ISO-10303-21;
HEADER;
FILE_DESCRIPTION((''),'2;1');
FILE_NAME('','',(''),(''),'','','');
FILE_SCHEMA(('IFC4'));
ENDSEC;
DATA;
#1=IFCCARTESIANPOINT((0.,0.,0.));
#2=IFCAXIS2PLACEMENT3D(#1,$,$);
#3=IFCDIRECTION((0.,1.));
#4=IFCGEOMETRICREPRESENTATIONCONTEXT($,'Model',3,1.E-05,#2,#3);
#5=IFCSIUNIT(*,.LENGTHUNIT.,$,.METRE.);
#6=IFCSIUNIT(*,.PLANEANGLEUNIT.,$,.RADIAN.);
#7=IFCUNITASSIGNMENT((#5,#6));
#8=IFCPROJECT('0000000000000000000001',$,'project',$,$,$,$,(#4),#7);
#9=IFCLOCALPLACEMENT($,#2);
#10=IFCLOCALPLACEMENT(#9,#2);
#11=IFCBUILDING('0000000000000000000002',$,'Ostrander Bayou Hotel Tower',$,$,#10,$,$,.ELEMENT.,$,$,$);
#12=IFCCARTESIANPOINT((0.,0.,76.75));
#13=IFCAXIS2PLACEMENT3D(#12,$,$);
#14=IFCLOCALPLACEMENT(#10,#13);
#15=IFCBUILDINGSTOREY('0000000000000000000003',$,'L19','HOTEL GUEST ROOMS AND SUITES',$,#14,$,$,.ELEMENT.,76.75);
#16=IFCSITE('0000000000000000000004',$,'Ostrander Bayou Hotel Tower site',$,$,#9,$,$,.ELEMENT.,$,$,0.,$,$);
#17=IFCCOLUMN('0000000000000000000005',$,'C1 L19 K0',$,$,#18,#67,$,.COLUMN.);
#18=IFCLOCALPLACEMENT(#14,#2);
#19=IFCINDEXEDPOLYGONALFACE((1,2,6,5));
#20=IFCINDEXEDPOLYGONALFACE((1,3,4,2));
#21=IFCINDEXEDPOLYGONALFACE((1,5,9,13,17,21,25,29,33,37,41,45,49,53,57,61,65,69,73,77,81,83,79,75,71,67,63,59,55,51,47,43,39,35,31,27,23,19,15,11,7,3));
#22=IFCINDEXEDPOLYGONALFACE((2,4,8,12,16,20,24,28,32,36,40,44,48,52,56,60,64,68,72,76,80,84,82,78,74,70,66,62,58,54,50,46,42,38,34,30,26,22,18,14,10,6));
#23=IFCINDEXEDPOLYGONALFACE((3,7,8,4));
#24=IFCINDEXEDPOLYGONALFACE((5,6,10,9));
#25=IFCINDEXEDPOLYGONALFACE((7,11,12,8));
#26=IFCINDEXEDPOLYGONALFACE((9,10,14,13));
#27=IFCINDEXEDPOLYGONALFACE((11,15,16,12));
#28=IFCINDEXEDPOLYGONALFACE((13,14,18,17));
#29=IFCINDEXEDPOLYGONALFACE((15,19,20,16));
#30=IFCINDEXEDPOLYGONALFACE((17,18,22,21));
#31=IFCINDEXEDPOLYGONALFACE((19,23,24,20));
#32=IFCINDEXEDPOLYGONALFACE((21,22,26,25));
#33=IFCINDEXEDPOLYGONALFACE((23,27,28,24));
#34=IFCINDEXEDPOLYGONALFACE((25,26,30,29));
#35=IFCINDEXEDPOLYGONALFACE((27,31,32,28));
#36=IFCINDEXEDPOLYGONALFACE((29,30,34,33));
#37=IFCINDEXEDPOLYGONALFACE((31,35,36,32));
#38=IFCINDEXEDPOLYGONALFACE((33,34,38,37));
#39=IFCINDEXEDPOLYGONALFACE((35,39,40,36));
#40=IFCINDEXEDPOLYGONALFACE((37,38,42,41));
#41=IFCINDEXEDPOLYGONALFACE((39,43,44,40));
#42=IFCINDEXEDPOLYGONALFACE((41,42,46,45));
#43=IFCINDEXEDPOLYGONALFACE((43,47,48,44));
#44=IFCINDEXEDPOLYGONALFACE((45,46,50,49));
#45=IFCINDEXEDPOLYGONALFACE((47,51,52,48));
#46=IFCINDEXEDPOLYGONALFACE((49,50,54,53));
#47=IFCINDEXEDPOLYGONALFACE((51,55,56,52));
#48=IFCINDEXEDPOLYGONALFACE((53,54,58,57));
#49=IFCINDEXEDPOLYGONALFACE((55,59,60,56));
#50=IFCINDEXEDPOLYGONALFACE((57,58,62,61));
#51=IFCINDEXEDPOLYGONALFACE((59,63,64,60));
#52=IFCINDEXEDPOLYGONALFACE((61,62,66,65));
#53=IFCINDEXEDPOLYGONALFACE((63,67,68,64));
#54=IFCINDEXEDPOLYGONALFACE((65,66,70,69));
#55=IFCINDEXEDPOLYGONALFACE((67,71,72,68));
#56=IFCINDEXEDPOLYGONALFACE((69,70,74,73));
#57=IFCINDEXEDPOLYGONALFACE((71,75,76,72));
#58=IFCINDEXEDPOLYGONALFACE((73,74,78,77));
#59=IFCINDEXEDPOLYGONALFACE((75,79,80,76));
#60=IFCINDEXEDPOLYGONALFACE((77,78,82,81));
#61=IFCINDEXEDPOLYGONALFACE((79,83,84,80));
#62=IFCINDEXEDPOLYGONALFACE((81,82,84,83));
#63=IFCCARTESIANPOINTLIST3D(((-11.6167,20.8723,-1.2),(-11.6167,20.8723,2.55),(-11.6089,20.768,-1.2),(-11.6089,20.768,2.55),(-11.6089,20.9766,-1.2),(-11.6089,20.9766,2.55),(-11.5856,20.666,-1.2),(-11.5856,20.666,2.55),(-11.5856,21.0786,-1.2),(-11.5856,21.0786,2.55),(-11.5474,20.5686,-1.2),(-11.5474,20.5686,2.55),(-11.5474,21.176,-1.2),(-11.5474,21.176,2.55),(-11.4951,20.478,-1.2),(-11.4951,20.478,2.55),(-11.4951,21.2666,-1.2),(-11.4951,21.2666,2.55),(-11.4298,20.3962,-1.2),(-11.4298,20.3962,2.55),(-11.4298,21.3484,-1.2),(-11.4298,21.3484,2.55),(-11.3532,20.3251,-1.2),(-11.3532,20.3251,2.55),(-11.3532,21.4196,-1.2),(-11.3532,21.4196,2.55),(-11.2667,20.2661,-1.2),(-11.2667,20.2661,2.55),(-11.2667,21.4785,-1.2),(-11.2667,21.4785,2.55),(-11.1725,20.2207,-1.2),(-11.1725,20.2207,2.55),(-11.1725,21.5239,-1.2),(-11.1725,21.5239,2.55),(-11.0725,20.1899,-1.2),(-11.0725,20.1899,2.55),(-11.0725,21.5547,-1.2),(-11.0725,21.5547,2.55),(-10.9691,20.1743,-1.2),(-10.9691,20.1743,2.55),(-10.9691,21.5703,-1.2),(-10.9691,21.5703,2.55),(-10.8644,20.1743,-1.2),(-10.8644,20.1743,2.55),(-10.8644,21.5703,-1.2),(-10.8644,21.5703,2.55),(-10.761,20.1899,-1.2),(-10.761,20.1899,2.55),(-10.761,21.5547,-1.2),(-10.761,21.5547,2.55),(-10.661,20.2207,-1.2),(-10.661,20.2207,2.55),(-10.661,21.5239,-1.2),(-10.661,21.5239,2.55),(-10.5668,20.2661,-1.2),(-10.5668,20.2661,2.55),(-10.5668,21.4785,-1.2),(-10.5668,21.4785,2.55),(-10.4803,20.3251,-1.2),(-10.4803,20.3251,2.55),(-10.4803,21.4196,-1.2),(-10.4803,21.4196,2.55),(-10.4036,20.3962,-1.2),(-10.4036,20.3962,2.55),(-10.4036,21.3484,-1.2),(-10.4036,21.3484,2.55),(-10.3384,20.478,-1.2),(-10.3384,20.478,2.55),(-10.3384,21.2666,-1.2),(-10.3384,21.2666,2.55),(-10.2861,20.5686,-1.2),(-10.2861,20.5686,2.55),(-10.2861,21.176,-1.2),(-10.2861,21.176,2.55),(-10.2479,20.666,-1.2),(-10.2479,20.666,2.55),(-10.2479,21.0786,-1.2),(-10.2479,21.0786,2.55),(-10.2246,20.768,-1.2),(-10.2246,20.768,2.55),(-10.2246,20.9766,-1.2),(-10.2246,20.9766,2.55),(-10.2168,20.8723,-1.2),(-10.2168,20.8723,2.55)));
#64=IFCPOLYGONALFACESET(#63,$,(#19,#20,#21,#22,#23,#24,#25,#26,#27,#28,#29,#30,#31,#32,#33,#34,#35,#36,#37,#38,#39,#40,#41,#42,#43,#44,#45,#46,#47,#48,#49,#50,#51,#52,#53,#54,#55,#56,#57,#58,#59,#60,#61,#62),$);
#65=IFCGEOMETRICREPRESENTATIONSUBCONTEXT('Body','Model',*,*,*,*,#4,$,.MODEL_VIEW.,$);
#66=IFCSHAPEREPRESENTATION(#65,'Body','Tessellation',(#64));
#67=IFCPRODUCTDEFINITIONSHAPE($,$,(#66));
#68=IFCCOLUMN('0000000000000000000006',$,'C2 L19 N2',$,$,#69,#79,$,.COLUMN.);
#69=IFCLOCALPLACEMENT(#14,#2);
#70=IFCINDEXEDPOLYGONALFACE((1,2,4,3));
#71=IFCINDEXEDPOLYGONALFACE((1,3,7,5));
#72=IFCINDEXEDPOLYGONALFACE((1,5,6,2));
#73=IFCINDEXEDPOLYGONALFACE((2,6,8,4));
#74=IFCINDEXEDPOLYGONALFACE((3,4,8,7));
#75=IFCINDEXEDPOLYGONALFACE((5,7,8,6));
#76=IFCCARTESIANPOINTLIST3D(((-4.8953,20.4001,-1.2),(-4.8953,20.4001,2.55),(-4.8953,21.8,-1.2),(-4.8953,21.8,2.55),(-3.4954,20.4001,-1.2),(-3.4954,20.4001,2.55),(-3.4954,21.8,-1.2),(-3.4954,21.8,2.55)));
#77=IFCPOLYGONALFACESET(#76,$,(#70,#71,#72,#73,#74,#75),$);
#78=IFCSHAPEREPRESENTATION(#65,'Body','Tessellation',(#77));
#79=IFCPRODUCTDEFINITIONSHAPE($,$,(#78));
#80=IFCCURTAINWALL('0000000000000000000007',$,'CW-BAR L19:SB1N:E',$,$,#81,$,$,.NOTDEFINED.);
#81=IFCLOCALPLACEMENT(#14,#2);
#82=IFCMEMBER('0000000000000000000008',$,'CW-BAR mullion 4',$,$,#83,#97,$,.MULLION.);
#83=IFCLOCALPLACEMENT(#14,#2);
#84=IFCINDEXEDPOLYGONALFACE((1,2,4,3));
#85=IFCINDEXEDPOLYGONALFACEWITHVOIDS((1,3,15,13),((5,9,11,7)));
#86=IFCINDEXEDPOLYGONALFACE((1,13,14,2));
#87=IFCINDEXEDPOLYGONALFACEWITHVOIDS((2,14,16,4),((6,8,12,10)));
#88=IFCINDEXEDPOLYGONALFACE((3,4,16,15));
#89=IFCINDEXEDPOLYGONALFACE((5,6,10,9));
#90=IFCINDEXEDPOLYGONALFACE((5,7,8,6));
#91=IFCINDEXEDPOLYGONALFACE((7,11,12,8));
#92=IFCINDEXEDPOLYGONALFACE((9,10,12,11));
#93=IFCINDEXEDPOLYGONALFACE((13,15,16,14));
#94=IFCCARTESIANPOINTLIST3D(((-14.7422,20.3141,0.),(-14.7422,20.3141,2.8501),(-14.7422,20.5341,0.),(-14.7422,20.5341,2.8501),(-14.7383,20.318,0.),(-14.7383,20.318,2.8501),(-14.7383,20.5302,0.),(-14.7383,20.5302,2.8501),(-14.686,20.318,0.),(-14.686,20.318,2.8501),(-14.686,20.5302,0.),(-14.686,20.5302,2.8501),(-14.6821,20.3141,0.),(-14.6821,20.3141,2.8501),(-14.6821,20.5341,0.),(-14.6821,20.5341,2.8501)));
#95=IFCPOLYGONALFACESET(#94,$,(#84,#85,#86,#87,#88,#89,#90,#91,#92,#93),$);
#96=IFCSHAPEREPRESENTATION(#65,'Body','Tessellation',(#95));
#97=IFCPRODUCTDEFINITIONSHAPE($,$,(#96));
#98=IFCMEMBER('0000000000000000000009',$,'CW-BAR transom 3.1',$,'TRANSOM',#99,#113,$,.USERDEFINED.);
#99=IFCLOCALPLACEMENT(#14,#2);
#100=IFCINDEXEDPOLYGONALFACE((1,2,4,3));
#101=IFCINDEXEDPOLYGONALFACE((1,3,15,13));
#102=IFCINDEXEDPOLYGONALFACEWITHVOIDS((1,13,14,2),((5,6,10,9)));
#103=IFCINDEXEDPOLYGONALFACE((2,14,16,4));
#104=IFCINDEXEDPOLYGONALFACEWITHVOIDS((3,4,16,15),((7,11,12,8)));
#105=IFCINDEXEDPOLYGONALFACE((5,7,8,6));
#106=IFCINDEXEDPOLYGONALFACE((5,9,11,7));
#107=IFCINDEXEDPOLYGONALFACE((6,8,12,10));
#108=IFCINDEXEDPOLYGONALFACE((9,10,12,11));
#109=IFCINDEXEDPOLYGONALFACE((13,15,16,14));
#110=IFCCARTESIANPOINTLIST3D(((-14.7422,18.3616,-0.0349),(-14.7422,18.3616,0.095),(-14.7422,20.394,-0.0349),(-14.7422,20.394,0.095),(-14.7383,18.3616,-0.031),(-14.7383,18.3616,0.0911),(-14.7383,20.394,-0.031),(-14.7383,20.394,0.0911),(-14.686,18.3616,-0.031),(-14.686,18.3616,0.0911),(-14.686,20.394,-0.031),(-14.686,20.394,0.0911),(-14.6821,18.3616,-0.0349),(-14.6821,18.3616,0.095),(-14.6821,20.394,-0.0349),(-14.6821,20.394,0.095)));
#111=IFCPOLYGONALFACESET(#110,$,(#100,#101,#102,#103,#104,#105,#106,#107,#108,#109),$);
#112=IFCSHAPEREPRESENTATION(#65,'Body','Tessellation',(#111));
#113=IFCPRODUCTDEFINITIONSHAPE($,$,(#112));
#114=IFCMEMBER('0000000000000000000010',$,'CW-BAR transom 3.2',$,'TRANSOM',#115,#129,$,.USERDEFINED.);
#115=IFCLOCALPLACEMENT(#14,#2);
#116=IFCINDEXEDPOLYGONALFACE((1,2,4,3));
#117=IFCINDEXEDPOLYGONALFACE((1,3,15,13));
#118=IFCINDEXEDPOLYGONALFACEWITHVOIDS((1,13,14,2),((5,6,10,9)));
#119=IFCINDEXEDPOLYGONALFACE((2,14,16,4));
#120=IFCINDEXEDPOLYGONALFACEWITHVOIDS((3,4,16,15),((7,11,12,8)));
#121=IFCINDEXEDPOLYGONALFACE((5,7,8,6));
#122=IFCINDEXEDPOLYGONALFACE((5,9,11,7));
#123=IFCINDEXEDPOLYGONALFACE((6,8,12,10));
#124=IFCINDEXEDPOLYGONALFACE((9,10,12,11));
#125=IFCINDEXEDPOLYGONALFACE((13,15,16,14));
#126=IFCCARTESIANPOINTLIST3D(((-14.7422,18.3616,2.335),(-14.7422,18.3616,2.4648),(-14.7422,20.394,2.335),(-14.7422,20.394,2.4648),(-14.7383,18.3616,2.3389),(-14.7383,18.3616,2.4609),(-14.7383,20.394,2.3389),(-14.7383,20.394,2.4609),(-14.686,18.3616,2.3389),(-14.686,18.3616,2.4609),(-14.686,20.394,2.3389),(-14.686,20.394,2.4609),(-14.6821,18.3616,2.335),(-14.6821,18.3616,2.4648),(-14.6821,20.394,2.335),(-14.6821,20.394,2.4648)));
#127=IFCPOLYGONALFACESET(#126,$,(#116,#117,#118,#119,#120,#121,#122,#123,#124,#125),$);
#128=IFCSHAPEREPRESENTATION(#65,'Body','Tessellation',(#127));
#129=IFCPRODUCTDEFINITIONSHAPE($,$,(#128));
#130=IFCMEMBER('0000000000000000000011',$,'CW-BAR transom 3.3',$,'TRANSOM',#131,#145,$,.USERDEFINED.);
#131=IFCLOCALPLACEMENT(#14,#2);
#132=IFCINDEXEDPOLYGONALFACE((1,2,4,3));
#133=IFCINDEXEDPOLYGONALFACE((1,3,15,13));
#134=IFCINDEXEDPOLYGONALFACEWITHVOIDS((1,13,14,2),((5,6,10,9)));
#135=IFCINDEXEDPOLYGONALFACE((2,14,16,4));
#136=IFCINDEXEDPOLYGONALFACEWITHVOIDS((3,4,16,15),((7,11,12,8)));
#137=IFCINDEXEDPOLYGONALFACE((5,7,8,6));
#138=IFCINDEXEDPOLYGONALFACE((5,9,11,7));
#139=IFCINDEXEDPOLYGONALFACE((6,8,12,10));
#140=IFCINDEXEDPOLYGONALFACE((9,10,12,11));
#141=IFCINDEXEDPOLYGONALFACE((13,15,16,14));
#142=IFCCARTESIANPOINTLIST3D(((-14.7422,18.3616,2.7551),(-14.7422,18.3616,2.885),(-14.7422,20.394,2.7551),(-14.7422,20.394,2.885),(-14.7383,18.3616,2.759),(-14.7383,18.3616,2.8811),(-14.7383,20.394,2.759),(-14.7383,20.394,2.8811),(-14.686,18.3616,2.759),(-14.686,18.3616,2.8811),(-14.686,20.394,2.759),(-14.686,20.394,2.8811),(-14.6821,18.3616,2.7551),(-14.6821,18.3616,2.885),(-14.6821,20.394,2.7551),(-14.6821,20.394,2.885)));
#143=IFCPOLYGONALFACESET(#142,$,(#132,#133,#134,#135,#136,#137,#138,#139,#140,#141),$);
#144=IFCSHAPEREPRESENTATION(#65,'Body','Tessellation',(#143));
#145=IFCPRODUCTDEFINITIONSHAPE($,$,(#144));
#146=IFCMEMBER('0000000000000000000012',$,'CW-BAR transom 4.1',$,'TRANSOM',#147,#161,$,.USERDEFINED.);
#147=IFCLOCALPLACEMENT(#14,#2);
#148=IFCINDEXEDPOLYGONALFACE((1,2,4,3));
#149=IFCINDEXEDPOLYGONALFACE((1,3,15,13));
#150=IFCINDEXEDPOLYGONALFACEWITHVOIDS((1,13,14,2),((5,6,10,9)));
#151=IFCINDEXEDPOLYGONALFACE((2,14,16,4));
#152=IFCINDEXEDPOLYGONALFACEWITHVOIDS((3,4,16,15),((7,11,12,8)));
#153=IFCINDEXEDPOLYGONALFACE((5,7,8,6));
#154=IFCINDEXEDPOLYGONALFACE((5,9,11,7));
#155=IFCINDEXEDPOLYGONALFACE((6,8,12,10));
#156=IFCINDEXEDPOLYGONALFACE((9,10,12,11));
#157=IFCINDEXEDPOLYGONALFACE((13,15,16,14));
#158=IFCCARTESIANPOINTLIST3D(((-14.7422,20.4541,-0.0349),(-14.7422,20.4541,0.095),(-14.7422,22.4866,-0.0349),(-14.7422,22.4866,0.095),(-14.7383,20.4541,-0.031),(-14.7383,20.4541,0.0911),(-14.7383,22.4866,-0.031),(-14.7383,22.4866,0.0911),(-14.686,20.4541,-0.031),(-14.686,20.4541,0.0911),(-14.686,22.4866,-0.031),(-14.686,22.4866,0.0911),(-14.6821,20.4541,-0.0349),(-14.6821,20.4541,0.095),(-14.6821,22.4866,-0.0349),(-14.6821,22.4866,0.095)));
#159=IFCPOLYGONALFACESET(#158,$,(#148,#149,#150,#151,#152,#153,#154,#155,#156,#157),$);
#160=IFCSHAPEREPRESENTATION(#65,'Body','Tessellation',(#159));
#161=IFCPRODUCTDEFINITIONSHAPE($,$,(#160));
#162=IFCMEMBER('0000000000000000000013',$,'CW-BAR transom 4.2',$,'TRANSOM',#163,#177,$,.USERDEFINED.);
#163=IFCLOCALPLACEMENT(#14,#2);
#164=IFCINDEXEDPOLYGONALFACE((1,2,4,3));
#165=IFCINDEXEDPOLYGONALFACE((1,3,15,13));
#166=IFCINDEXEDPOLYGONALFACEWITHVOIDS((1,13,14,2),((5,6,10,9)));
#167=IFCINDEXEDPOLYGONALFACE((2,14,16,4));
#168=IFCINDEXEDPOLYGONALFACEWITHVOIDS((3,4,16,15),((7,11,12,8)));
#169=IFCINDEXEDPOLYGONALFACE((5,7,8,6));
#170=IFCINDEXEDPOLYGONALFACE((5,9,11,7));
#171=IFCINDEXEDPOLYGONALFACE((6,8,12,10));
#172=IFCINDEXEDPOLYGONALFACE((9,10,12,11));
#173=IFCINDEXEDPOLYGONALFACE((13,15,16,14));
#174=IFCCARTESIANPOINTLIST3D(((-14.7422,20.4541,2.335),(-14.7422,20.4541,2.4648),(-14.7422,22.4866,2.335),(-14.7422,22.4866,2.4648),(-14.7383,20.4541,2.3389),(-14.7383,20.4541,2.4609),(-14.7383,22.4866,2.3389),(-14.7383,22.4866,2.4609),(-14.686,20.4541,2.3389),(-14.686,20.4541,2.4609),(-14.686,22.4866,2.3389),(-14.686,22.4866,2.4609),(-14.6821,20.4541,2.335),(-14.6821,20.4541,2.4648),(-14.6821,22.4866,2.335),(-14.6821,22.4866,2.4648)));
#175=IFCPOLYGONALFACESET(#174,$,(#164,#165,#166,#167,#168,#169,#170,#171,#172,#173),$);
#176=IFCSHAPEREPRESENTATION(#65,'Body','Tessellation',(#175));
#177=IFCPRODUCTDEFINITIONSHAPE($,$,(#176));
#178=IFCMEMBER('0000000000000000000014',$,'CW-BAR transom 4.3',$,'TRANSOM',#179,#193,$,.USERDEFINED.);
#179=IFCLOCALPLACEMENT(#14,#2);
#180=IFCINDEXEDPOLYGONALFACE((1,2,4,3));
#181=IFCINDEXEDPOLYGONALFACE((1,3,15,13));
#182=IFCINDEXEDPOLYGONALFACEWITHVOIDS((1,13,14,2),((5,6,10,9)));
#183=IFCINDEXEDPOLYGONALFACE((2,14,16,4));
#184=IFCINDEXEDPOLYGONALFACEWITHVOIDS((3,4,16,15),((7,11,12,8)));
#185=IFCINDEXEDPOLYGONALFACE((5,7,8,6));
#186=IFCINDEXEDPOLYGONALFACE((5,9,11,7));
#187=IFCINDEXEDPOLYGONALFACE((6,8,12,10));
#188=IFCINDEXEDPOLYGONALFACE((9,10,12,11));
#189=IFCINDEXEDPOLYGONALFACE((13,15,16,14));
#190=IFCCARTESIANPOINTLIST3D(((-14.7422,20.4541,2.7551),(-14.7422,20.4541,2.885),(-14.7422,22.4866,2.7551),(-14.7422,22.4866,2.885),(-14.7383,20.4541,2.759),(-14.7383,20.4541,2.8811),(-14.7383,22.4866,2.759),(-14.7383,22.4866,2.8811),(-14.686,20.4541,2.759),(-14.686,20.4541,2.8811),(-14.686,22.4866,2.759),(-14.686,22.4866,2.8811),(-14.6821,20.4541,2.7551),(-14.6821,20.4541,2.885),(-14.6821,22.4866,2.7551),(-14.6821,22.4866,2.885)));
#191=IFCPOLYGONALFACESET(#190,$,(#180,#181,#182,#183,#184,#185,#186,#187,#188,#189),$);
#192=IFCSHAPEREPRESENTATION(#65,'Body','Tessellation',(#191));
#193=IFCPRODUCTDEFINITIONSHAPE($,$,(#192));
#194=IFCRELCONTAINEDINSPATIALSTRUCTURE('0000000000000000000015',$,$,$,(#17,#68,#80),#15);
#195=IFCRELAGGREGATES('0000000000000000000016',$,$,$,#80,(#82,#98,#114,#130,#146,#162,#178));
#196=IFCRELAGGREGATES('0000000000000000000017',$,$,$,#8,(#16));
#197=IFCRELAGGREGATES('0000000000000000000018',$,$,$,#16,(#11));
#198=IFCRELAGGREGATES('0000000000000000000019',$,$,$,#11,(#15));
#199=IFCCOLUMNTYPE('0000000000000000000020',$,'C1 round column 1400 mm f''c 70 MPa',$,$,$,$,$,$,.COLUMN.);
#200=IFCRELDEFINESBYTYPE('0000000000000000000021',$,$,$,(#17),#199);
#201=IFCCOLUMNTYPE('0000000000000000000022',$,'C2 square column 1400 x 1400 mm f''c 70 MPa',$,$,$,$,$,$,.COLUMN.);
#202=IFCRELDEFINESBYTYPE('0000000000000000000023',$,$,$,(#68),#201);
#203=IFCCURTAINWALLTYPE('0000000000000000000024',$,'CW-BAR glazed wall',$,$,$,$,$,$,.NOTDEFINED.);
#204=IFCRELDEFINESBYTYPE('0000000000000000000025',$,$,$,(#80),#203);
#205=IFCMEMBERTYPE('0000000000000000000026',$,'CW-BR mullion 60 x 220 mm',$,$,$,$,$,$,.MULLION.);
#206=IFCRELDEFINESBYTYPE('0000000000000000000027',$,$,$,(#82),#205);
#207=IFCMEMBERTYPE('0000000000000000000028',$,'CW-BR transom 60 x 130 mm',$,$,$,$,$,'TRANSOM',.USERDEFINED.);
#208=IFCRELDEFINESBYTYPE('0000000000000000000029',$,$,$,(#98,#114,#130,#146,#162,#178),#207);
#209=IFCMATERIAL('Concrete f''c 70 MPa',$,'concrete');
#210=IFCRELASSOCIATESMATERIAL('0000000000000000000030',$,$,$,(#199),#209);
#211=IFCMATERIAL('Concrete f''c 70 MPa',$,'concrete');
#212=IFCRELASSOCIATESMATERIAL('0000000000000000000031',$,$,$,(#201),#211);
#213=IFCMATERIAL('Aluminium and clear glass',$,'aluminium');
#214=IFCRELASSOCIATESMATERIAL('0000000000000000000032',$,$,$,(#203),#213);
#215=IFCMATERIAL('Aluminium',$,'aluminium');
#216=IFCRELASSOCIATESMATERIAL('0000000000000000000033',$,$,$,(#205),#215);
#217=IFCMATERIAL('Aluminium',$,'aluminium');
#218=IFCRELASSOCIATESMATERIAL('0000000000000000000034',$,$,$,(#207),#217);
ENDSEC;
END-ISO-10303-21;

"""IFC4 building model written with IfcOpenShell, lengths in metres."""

from ifc_helpers import new_model, si_unit, direction, frame, origin, origin_2d, place, context, subcontext, project, spatial, rectangle, hollow_rectangle, circle, extrude, material, material_profile, profile_set, type_object, element, aggregate, save


model = new_model("IFC4")

# Units and contexts
model_context = context("Model", 3, precision=1e-05, world=origin(), true_north=direction((0.0, 1.0)))
body_context = subcontext(model_context, "Body", "Model", "MODEL_VIEW")
ifc_project = project(units=[si_unit("LENGTHUNIT", "METRE"), si_unit("PLANEANGLEUNIT", "RADIAN")], contexts=[model_context])

# Site, building, storey
site_placement = place(None, origin())
site = spatial("IfcSite", under=ifc_project, at=site_placement, Name="Ostrander Bayou Hotel Tower site", CompositionType="ELEMENT", RefElevation=0.0)
building_placement = place(site_placement, origin())
building = spatial("IfcBuilding", under=site, at=building_placement, Name="Ostrander Bayou Hotel Tower", CompositionType="ELEMENT")
storey_placement = place(building_placement, frame((0.0, 0.0, 76.75)))
storey = spatial("IfcBuildingStorey", under=building, at=storey_placement, Name="L19", Description="HOTEL GUEST ROOMS AND SUITES", CompositionType="ELEMENT", Elevation=76.75)

# Columns
ifc_material_1 = material(Name="Concrete f'c 70 MPa", Category="concrete")
ifc_material_profile_1 = material_profile(ifc_material_1, circle(Radius=0.7, at=origin_2d()))
ifc_profile_set_1 = profile_set([ifc_material_profile_1], Name="Concrete f'c 70 MPa")
column_type_1 = type_object("IfcColumnType", Name="C1 round column 1400 mm f'c 70 MPa", PredefinedType="COLUMN", material=ifc_profile_set_1)
column_1_placement = place(storey_placement, frame((-10.9167, 20.8723, -1.2), z_axis=(0.0, 0.0, 1.0), x_axis=(1.0, 0.0, 0.0)))
element("IfcColumn", 1, at=column_1_placement, inside=storey, type_object=column_type_1, Name="C1 L19 K0", PredefinedType="COLUMN", context=body_context, shape_type="SweptSolid", body=[
    extrude(circle(Radius=0.7, at=origin_2d()), origin(), (0.0, 0.0, 1.0), 3.75),
])
ifc_material_2 = material(Name="Concrete f'c 70 MPa", Category="concrete")
ifc_material_profile_2 = material_profile(ifc_material_2, rectangle(XDim=1.3999, YDim=1.3999, at=origin_2d()))
ifc_profile_set_2 = profile_set([ifc_material_profile_2], Name="Concrete f'c 70 MPa")
column_type_2 = type_object("IfcColumnType", Name="C2 square column 1400 x 1400 mm f'c 70 MPa", PredefinedType="COLUMN", material=ifc_profile_set_2)
column_2_placement = place(storey_placement, frame((-4.1953, 21.1001, -1.2), z_axis=(0.0, 0.0, 1.0), x_axis=(1.0, 0.0, 0.0)))
element("IfcColumn", 2, at=column_2_placement, inside=storey, type_object=column_type_2, Name="C2 L19 N2", PredefinedType="COLUMN", context=body_context, shape_type="SweptSolid", body=[
    extrude(rectangle(XDim=1.3999, YDim=1.3999, at=origin_2d()), origin(), (0.0, 0.0, 1.0), 3.75),
])

# Curtain wall, members
ifc_material_3 = material(Name="Aluminium and clear glass", Category="aluminium")
curtain_wall_type = type_object("IfcCurtainWallType", Name="CW-BAR glazed wall", PredefinedType="NOTDEFINED", material=ifc_material_3)
curtain_wall_placement = place(storey_placement, origin())
curtain_wall = element("IfcCurtainWall", 3, at=curtain_wall_placement, inside=storey, type_object=curtain_wall_type, Name="CW-BAR L19:SB1N:E", PredefinedType="NOTDEFINED")
ifc_material_4 = material(Name="Aluminium", Category="aluminium")
ifc_material_profile_3 = material_profile(ifc_material_4, hollow_rectangle(XDim=0.0601, YDim=0.22, WallThickness=0.0039, at=origin_2d()))
ifc_profile_set_3 = profile_set([ifc_material_profile_3], Name="Aluminium")
member_type_1 = type_object("IfcMemberType", Name="CW-BR mullion 60 x 220 mm", PredefinedType="MULLION", material=ifc_profile_set_3)
member_1_placement = place(storey_placement, frame((-14.7122, 20.4241, 0.0), z_axis=(0.0, 0.0, 1.0), x_axis=(-1.0, 0.0, 0.0)))
member_1 = element("IfcMember", 4, at=member_1_placement, type_object=member_type_1, Name="CW-BAR mullion 4", PredefinedType="MULLION", context=body_context, shape_type="SweptSolid", body=[
    extrude(hollow_rectangle(XDim=0.0601, YDim=0.22, WallThickness=0.0039, at=origin_2d()), origin(), (0.0, 0.0, 1.0), 2.8501),
])
ifc_material_5 = material(Name="Aluminium", Category="aluminium")
ifc_material_profile_4 = material_profile(ifc_material_5, hollow_rectangle(XDim=0.0601, YDim=0.1299, WallThickness=0.0039, at=origin_2d()))
ifc_profile_set_4 = profile_set([ifc_material_profile_4], Name="Aluminium")
member_type_2 = type_object("IfcMemberType", Name="CW-BR transom 60 x 130 mm", ElementType="TRANSOM", PredefinedType="USERDEFINED", material=ifc_profile_set_4)
member_2_placement = place(storey_placement, frame((-14.7122, 18.3616, 0.03), z_axis=(0.0, 1.0, 0.0), x_axis=(-1.0, 0.0, 0.0)))
member_2 = element("IfcMember", 5, at=member_2_placement, type_object=member_type_2, Name="CW-BAR transom 3.1", ObjectType="TRANSOM", PredefinedType="USERDEFINED", context=body_context, shape_type="SweptSolid", body=[
    extrude(hollow_rectangle(XDim=0.0601, YDim=0.1299, WallThickness=0.0039, at=origin_2d()), origin(), (0.0, 0.0, 1.0), 2.0325),
])
member_3_placement = place(storey_placement, frame((-14.7122, 18.3616, 2.3999), z_axis=(0.0, 1.0, 0.0), x_axis=(-1.0, 0.0, 0.0)))
member_3 = element("IfcMember", 6, at=member_3_placement, type_object=member_type_2, Name="CW-BAR transom 3.2", ObjectType="TRANSOM", PredefinedType="USERDEFINED", context=body_context, shape_type="SweptSolid", body=[
    extrude(hollow_rectangle(XDim=0.0601, YDim=0.1299, WallThickness=0.0039, at=origin_2d()), origin(), (0.0, 0.0, 1.0), 2.0325),
])
member_4_placement = place(storey_placement, frame((-14.7122, 18.3616, 2.8201), z_axis=(0.0, 1.0, 0.0), x_axis=(-1.0, 0.0, 0.0)))
member_4 = element("IfcMember", 7, at=member_4_placement, type_object=member_type_2, Name="CW-BAR transom 3.3", ObjectType="TRANSOM", PredefinedType="USERDEFINED", context=body_context, shape_type="SweptSolid", body=[
    extrude(hollow_rectangle(XDim=0.0601, YDim=0.1299, WallThickness=0.0039, at=origin_2d()), origin(), (0.0, 0.0, 1.0), 2.0325),
])
member_5_placement = place(storey_placement, frame((-14.7122, 20.4541, 0.03), z_axis=(0.0, 1.0, 0.0), x_axis=(-1.0, 0.0, 0.0)))
member_5 = element("IfcMember", 8, at=member_5_placement, type_object=member_type_2, Name="CW-BAR transom 4.1", ObjectType="TRANSOM", PredefinedType="USERDEFINED", context=body_context, shape_type="SweptSolid", body=[
    extrude(hollow_rectangle(XDim=0.0601, YDim=0.1299, WallThickness=0.0039, at=origin_2d()), origin(), (0.0, 0.0, 1.0), 2.0325),
])
member_6_placement = place(storey_placement, frame((-14.7122, 20.4541, 2.3999), z_axis=(0.0, 1.0, 0.0), x_axis=(-1.0, 0.0, 0.0)))
member_6 = element("IfcMember", 9, at=member_6_placement, type_object=member_type_2, Name="CW-BAR transom 4.2", ObjectType="TRANSOM", PredefinedType="USERDEFINED", context=body_context, shape_type="SweptSolid", body=[
    extrude(hollow_rectangle(XDim=0.0601, YDim=0.1299, WallThickness=0.0039, at=origin_2d()), origin(), (0.0, 0.0, 1.0), 2.0325),
])
member_7_placement = place(storey_placement, frame((-14.7122, 20.4541, 2.8201), z_axis=(0.0, 1.0, 0.0), x_axis=(-1.0, 0.0, 0.0)))
member_7 = element("IfcMember", 10, at=member_7_placement, type_object=member_type_2, Name="CW-BAR transom 4.3", ObjectType="TRANSOM", PredefinedType="USERDEFINED", context=body_context, shape_type="SweptSolid", body=[
    extrude(hollow_rectangle(XDim=0.0601, YDim=0.1299, WallThickness=0.0039, at=origin_2d()), origin(), (0.0, 0.0, 1.0), 2.0325),
])

aggregate(curtain_wall, [member_1, member_2, member_3, member_4, member_5, member_6, member_7])

save(model, "model.ifc")
